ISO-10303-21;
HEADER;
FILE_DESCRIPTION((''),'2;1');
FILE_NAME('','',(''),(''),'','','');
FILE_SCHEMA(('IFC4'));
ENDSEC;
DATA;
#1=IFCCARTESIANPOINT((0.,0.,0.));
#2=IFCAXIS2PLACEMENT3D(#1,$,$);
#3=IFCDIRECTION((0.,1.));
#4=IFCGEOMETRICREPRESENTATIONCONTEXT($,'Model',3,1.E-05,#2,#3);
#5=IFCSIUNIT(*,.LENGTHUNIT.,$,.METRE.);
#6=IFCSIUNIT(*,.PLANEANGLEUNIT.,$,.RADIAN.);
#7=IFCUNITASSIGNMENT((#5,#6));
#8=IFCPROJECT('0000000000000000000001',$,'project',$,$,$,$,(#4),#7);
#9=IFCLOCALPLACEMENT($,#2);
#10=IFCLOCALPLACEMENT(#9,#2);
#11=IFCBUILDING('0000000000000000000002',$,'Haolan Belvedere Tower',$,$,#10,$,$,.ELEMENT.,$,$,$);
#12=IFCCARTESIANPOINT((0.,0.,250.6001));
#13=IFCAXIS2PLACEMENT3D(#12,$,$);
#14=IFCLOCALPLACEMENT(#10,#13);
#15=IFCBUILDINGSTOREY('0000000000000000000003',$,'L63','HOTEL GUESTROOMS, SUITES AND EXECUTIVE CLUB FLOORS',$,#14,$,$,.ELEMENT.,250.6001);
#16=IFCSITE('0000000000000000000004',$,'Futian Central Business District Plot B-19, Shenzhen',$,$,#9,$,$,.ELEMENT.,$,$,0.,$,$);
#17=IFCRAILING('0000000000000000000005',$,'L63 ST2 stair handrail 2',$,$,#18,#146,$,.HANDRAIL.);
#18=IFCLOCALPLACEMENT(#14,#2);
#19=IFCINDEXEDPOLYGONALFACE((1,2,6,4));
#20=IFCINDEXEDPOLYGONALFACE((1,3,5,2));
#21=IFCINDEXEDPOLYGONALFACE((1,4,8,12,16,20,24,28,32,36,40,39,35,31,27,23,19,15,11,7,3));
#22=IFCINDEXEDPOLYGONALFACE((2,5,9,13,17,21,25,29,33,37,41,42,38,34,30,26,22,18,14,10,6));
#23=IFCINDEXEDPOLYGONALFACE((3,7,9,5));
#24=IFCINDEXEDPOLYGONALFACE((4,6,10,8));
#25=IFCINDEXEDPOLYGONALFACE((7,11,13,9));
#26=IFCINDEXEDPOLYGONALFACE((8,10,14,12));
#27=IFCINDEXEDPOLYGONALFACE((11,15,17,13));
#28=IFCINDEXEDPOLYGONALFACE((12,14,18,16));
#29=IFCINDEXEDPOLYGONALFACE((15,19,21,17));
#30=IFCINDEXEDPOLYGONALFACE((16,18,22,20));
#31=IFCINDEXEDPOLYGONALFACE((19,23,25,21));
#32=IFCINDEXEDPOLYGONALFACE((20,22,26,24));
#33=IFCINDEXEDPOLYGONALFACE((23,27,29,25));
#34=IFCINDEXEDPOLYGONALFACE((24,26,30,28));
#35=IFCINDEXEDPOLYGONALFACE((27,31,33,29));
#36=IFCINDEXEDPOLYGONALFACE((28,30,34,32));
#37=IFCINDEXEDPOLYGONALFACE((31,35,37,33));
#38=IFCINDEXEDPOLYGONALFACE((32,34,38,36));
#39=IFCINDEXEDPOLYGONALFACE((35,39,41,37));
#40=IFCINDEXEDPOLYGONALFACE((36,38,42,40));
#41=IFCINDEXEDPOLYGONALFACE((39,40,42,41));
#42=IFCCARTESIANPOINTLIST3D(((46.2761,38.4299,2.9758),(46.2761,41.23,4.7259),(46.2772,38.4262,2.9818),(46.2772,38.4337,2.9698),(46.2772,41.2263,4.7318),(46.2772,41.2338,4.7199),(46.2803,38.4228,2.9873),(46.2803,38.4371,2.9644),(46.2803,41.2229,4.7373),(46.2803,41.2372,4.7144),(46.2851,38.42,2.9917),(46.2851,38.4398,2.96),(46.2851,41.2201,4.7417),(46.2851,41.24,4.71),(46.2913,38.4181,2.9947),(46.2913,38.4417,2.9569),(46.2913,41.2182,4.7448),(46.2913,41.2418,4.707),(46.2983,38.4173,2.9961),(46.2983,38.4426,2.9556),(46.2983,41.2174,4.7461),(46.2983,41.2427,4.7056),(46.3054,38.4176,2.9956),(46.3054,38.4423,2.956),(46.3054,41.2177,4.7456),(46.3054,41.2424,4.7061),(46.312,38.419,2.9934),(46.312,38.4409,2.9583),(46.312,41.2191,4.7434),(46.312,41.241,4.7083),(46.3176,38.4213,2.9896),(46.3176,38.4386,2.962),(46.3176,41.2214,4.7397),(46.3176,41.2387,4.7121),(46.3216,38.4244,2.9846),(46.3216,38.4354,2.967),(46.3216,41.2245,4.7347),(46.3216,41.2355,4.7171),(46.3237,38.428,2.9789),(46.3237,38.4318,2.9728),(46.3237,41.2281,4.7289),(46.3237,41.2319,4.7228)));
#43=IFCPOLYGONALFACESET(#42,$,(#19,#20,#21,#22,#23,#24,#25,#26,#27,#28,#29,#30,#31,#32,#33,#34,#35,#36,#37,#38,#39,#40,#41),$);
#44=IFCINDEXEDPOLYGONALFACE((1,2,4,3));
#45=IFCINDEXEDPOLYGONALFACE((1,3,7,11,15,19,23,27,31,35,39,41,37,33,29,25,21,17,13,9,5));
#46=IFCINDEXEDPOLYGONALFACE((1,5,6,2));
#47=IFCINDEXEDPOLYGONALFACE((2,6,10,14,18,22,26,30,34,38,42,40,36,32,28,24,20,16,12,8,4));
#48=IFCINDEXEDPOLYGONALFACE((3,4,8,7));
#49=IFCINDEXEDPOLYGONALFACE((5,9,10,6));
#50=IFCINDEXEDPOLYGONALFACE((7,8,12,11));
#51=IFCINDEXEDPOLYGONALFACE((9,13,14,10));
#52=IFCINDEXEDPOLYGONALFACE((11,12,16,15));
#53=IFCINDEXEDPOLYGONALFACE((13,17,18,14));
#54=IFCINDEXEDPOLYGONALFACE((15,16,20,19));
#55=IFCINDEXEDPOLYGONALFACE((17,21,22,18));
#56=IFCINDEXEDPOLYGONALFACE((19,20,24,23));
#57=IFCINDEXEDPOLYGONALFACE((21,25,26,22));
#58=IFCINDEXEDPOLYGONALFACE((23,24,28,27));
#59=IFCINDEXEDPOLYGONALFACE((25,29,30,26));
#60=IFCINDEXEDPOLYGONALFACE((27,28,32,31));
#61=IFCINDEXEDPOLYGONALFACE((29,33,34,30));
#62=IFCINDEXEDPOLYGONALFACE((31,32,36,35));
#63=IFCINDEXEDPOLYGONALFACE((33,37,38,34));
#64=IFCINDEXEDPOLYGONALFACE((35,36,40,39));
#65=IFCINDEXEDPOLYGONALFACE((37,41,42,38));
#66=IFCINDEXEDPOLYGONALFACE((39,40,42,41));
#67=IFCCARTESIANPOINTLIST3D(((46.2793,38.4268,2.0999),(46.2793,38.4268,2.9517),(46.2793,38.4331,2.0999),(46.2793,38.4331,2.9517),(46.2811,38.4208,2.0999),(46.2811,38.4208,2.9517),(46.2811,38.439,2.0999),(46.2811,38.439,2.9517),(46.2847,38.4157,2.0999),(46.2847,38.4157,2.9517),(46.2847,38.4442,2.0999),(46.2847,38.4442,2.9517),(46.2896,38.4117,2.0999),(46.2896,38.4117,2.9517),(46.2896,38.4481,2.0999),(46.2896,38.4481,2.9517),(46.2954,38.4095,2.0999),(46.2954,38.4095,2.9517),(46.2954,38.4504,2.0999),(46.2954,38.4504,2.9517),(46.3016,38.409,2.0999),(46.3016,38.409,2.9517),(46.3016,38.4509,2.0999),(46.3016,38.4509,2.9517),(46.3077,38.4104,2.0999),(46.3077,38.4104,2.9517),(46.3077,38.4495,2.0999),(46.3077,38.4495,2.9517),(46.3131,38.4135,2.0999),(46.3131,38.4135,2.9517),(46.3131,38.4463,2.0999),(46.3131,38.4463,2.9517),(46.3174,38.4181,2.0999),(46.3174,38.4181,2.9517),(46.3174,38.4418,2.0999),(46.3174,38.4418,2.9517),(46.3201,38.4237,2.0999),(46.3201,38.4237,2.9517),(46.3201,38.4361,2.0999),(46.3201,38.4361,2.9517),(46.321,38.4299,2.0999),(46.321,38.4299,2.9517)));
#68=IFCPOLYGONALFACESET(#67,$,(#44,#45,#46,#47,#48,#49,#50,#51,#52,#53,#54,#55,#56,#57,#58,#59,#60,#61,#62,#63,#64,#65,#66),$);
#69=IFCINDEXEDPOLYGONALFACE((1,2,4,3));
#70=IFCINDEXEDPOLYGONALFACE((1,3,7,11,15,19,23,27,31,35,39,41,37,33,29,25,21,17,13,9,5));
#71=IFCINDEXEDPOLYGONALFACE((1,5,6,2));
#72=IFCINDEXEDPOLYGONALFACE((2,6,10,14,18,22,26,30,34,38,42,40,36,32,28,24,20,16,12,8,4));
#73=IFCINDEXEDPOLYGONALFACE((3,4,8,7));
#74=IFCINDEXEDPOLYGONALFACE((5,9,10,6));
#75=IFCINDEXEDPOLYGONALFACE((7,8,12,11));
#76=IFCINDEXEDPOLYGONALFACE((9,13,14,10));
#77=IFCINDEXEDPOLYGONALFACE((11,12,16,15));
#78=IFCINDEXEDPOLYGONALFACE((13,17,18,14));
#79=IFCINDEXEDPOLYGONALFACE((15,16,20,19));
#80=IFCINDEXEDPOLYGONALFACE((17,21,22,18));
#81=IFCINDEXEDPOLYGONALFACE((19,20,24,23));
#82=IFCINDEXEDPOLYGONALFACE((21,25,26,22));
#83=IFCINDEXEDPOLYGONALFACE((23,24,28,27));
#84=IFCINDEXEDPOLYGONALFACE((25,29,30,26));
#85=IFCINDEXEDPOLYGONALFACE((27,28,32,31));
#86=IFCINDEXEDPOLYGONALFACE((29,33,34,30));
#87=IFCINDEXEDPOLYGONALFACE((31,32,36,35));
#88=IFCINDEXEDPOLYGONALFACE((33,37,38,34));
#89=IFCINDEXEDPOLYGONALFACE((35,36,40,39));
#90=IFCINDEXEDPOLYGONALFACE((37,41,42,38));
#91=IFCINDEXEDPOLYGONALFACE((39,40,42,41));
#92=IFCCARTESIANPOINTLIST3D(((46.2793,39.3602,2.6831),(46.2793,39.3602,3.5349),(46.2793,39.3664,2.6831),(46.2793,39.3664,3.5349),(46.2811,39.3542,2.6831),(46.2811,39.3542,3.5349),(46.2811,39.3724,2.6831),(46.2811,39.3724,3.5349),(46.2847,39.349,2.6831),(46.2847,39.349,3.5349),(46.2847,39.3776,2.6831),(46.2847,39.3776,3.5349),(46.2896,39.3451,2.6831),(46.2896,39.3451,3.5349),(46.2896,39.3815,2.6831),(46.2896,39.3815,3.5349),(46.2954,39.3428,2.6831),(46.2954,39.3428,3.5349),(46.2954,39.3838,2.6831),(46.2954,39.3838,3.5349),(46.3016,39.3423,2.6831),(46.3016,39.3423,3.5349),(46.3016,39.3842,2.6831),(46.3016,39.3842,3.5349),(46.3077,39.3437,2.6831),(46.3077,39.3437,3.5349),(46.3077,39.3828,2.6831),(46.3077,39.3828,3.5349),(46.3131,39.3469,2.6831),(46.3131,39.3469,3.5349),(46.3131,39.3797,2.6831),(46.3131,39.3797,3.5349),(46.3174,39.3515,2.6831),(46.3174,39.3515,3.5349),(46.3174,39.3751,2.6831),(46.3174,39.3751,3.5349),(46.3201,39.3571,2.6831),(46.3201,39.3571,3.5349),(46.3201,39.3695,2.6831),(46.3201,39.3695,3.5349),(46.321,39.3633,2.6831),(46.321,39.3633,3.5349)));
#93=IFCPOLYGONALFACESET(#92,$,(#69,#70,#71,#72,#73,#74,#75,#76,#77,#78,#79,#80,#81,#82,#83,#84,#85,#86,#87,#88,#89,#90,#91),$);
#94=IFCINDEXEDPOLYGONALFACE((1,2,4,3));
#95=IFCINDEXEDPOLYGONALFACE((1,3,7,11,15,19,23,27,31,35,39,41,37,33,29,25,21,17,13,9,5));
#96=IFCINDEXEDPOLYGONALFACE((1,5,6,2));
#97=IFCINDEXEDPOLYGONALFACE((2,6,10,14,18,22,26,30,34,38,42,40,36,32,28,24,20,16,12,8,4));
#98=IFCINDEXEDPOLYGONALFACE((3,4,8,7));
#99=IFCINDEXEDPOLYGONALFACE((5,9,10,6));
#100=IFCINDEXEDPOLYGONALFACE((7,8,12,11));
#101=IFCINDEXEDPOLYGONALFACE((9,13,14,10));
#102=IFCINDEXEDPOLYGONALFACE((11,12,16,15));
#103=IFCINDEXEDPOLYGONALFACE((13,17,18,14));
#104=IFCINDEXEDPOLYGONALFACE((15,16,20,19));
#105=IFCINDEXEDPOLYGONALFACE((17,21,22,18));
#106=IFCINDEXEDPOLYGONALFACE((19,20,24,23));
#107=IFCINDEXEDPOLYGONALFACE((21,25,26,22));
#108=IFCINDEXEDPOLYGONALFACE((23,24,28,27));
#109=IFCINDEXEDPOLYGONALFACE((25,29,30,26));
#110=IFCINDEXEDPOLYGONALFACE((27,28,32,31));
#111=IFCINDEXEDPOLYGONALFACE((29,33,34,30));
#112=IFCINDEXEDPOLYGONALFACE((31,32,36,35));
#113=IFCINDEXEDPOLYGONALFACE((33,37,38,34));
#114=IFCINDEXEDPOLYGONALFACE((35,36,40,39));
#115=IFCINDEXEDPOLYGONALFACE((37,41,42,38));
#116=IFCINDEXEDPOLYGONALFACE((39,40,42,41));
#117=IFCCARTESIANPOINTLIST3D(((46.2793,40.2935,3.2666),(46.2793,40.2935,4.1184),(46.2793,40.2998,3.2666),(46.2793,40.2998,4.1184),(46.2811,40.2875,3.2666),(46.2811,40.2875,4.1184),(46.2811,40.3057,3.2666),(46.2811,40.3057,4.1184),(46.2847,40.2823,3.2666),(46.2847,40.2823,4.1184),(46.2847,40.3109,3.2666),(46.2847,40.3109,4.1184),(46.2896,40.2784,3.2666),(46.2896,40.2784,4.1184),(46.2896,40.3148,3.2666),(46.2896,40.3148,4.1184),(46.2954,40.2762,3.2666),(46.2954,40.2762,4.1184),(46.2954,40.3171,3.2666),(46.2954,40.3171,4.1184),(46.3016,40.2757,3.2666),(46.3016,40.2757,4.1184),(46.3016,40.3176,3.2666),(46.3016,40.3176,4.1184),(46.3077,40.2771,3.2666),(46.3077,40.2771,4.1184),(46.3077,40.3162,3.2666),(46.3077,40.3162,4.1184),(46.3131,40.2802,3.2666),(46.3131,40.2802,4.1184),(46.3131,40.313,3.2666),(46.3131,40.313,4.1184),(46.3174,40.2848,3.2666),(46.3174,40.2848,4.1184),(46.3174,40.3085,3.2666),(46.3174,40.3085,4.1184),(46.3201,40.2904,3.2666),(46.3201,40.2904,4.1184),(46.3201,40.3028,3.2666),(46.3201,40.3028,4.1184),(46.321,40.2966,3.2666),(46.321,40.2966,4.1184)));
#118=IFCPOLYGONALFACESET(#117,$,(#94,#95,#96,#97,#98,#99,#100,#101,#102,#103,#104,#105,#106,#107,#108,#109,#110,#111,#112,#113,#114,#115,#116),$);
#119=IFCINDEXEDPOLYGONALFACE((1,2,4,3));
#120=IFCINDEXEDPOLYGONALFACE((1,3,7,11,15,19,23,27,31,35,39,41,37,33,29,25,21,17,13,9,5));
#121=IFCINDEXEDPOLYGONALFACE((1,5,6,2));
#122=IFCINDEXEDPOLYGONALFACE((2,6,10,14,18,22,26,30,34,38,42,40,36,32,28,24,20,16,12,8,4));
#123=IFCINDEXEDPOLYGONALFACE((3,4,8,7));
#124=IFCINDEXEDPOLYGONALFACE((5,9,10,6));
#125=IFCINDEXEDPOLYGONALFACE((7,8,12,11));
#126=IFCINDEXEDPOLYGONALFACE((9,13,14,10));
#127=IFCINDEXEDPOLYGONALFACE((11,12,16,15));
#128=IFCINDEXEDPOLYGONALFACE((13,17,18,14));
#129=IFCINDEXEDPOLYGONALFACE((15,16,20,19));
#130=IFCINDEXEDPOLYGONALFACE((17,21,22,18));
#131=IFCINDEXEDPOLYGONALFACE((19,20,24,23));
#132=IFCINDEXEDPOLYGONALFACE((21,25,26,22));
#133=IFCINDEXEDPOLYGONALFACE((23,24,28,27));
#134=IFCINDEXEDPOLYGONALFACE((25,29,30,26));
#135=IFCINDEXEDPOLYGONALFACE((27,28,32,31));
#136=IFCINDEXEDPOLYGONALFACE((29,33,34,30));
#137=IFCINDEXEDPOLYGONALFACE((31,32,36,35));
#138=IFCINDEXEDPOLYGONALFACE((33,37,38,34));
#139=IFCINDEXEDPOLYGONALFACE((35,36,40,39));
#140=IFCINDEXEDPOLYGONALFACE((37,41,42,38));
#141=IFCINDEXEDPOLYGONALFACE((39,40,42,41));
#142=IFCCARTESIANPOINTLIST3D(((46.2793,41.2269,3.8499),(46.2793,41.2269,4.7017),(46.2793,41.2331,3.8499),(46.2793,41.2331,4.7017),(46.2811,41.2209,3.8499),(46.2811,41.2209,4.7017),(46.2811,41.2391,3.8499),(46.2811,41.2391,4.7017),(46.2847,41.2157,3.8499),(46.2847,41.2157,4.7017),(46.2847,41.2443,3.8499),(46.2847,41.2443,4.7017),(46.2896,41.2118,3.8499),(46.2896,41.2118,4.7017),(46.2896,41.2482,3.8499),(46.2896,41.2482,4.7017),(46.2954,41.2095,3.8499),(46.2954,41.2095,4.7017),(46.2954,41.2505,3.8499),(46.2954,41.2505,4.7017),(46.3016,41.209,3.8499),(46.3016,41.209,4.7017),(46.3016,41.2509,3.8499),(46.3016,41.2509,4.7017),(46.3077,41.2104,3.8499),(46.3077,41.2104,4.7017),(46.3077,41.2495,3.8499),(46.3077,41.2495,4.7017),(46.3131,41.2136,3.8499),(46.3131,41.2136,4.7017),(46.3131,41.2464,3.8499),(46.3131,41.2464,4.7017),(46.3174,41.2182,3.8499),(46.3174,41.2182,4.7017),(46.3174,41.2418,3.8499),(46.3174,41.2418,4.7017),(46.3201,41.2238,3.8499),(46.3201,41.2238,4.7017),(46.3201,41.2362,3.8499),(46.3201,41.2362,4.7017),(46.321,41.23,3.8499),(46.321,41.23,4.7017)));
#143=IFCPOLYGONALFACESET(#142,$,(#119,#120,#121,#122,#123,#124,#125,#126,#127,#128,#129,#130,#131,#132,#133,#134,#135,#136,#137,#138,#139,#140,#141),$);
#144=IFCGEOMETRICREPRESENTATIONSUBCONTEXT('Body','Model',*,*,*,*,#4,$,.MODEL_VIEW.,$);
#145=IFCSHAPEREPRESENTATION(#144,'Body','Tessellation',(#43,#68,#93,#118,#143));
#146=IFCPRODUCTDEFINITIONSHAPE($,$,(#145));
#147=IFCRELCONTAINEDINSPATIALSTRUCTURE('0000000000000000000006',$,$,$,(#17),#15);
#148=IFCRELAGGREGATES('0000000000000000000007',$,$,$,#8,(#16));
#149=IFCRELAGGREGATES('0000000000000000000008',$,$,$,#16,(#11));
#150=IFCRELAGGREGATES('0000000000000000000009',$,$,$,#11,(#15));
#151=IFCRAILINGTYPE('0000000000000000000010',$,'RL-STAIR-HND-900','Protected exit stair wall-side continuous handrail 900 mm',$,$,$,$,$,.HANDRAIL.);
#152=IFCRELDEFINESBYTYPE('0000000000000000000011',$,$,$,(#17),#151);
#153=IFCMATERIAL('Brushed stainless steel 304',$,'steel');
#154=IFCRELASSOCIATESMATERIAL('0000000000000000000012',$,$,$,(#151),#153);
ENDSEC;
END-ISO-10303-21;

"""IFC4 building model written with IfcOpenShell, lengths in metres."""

from ifc_helpers import new_model, si_unit, direction, frame, origin, origin_2d, place, context, subcontext, project, spatial, circle, extrude, material, type_object, element, save


model = new_model("IFC4")

# Units and contexts
model_context = context("Model", 3, precision=1e-05, world=origin(), true_north=direction((0.0, 1.0)))
body_context = subcontext(model_context, "Body", "Model", "MODEL_VIEW")
ifc_project = project(units=[si_unit("LENGTHUNIT", "METRE"), si_unit("PLANEANGLEUNIT", "RADIAN")], contexts=[model_context])

# Site, building, storey
site_placement = place(None, origin())
site = spatial("IfcSite", under=ifc_project, at=site_placement, Name="Futian Central Business District Plot B-19, Shenzhen", CompositionType="ELEMENT", RefElevation=0.0)
building_placement = place(site_placement, origin())
building = spatial("IfcBuilding", under=site, at=building_placement, Name="Haolan Belvedere Tower", CompositionType="ELEMENT")
storey_placement = place(building_placement, frame((0.0, 0.0, 250.6001)))
storey = spatial("IfcBuildingStorey", under=building, at=storey_placement, Name="L63", Description="HOTEL GUESTROOMS, SUITES AND EXECUTIVE CLUB FLOORS", CompositionType="ELEMENT", Elevation=250.6001)

# Railing
ifc_material_1 = material(Name="Brushed stainless steel 304", Category="steel")
railing_type_1 = type_object("IfcRailingType", Name="RL-STAIR-HND-900", Description="Protected exit stair wall-side continuous handrail 900 mm", PredefinedType="HANDRAIL", material=ifc_material_1)
railing_1_placement = place(storey_placement, frame((46.3, 38.4299, 2.0999)))
element("IfcRailing", 1, at=railing_1_placement, inside=storey, type_object=railing_type_1, Name="L63 ST2 stair handrail 2", PredefinedType="HANDRAIL", context=body_context, shape_type="SweptSolid", body=[
    extrude(circle(Radius=0.0239, at=origin_2d()), frame((0.0, 0.0, 0.876), z_axis=(0.0, 0.848002, 0.529992), x_axis=(-1.0, 0.0, 0.0)), (0.0, 0.0, 1.0), 3.302),
    extrude(circle(Radius=0.021, at=origin_2d()), origin(), (0.0, 0.0, 1.0), 0.8518),
    extrude(circle(Radius=0.021, at=origin_2d()), frame((0.0, 0.9333, 0.5833)), (0.0, 0.0, 1.0), 0.8518),
    extrude(circle(Radius=0.021, at=origin_2d()), frame((0.0, 1.8667, 1.1667)), (0.0, 0.0, 1.0), 0.8518),
    extrude(circle(Radius=0.021, at=origin_2d()), frame((0.0, 2.8, 1.75)), (0.0, 0.0, 1.0), 0.8518),
])

save(model, "model.ifc")
